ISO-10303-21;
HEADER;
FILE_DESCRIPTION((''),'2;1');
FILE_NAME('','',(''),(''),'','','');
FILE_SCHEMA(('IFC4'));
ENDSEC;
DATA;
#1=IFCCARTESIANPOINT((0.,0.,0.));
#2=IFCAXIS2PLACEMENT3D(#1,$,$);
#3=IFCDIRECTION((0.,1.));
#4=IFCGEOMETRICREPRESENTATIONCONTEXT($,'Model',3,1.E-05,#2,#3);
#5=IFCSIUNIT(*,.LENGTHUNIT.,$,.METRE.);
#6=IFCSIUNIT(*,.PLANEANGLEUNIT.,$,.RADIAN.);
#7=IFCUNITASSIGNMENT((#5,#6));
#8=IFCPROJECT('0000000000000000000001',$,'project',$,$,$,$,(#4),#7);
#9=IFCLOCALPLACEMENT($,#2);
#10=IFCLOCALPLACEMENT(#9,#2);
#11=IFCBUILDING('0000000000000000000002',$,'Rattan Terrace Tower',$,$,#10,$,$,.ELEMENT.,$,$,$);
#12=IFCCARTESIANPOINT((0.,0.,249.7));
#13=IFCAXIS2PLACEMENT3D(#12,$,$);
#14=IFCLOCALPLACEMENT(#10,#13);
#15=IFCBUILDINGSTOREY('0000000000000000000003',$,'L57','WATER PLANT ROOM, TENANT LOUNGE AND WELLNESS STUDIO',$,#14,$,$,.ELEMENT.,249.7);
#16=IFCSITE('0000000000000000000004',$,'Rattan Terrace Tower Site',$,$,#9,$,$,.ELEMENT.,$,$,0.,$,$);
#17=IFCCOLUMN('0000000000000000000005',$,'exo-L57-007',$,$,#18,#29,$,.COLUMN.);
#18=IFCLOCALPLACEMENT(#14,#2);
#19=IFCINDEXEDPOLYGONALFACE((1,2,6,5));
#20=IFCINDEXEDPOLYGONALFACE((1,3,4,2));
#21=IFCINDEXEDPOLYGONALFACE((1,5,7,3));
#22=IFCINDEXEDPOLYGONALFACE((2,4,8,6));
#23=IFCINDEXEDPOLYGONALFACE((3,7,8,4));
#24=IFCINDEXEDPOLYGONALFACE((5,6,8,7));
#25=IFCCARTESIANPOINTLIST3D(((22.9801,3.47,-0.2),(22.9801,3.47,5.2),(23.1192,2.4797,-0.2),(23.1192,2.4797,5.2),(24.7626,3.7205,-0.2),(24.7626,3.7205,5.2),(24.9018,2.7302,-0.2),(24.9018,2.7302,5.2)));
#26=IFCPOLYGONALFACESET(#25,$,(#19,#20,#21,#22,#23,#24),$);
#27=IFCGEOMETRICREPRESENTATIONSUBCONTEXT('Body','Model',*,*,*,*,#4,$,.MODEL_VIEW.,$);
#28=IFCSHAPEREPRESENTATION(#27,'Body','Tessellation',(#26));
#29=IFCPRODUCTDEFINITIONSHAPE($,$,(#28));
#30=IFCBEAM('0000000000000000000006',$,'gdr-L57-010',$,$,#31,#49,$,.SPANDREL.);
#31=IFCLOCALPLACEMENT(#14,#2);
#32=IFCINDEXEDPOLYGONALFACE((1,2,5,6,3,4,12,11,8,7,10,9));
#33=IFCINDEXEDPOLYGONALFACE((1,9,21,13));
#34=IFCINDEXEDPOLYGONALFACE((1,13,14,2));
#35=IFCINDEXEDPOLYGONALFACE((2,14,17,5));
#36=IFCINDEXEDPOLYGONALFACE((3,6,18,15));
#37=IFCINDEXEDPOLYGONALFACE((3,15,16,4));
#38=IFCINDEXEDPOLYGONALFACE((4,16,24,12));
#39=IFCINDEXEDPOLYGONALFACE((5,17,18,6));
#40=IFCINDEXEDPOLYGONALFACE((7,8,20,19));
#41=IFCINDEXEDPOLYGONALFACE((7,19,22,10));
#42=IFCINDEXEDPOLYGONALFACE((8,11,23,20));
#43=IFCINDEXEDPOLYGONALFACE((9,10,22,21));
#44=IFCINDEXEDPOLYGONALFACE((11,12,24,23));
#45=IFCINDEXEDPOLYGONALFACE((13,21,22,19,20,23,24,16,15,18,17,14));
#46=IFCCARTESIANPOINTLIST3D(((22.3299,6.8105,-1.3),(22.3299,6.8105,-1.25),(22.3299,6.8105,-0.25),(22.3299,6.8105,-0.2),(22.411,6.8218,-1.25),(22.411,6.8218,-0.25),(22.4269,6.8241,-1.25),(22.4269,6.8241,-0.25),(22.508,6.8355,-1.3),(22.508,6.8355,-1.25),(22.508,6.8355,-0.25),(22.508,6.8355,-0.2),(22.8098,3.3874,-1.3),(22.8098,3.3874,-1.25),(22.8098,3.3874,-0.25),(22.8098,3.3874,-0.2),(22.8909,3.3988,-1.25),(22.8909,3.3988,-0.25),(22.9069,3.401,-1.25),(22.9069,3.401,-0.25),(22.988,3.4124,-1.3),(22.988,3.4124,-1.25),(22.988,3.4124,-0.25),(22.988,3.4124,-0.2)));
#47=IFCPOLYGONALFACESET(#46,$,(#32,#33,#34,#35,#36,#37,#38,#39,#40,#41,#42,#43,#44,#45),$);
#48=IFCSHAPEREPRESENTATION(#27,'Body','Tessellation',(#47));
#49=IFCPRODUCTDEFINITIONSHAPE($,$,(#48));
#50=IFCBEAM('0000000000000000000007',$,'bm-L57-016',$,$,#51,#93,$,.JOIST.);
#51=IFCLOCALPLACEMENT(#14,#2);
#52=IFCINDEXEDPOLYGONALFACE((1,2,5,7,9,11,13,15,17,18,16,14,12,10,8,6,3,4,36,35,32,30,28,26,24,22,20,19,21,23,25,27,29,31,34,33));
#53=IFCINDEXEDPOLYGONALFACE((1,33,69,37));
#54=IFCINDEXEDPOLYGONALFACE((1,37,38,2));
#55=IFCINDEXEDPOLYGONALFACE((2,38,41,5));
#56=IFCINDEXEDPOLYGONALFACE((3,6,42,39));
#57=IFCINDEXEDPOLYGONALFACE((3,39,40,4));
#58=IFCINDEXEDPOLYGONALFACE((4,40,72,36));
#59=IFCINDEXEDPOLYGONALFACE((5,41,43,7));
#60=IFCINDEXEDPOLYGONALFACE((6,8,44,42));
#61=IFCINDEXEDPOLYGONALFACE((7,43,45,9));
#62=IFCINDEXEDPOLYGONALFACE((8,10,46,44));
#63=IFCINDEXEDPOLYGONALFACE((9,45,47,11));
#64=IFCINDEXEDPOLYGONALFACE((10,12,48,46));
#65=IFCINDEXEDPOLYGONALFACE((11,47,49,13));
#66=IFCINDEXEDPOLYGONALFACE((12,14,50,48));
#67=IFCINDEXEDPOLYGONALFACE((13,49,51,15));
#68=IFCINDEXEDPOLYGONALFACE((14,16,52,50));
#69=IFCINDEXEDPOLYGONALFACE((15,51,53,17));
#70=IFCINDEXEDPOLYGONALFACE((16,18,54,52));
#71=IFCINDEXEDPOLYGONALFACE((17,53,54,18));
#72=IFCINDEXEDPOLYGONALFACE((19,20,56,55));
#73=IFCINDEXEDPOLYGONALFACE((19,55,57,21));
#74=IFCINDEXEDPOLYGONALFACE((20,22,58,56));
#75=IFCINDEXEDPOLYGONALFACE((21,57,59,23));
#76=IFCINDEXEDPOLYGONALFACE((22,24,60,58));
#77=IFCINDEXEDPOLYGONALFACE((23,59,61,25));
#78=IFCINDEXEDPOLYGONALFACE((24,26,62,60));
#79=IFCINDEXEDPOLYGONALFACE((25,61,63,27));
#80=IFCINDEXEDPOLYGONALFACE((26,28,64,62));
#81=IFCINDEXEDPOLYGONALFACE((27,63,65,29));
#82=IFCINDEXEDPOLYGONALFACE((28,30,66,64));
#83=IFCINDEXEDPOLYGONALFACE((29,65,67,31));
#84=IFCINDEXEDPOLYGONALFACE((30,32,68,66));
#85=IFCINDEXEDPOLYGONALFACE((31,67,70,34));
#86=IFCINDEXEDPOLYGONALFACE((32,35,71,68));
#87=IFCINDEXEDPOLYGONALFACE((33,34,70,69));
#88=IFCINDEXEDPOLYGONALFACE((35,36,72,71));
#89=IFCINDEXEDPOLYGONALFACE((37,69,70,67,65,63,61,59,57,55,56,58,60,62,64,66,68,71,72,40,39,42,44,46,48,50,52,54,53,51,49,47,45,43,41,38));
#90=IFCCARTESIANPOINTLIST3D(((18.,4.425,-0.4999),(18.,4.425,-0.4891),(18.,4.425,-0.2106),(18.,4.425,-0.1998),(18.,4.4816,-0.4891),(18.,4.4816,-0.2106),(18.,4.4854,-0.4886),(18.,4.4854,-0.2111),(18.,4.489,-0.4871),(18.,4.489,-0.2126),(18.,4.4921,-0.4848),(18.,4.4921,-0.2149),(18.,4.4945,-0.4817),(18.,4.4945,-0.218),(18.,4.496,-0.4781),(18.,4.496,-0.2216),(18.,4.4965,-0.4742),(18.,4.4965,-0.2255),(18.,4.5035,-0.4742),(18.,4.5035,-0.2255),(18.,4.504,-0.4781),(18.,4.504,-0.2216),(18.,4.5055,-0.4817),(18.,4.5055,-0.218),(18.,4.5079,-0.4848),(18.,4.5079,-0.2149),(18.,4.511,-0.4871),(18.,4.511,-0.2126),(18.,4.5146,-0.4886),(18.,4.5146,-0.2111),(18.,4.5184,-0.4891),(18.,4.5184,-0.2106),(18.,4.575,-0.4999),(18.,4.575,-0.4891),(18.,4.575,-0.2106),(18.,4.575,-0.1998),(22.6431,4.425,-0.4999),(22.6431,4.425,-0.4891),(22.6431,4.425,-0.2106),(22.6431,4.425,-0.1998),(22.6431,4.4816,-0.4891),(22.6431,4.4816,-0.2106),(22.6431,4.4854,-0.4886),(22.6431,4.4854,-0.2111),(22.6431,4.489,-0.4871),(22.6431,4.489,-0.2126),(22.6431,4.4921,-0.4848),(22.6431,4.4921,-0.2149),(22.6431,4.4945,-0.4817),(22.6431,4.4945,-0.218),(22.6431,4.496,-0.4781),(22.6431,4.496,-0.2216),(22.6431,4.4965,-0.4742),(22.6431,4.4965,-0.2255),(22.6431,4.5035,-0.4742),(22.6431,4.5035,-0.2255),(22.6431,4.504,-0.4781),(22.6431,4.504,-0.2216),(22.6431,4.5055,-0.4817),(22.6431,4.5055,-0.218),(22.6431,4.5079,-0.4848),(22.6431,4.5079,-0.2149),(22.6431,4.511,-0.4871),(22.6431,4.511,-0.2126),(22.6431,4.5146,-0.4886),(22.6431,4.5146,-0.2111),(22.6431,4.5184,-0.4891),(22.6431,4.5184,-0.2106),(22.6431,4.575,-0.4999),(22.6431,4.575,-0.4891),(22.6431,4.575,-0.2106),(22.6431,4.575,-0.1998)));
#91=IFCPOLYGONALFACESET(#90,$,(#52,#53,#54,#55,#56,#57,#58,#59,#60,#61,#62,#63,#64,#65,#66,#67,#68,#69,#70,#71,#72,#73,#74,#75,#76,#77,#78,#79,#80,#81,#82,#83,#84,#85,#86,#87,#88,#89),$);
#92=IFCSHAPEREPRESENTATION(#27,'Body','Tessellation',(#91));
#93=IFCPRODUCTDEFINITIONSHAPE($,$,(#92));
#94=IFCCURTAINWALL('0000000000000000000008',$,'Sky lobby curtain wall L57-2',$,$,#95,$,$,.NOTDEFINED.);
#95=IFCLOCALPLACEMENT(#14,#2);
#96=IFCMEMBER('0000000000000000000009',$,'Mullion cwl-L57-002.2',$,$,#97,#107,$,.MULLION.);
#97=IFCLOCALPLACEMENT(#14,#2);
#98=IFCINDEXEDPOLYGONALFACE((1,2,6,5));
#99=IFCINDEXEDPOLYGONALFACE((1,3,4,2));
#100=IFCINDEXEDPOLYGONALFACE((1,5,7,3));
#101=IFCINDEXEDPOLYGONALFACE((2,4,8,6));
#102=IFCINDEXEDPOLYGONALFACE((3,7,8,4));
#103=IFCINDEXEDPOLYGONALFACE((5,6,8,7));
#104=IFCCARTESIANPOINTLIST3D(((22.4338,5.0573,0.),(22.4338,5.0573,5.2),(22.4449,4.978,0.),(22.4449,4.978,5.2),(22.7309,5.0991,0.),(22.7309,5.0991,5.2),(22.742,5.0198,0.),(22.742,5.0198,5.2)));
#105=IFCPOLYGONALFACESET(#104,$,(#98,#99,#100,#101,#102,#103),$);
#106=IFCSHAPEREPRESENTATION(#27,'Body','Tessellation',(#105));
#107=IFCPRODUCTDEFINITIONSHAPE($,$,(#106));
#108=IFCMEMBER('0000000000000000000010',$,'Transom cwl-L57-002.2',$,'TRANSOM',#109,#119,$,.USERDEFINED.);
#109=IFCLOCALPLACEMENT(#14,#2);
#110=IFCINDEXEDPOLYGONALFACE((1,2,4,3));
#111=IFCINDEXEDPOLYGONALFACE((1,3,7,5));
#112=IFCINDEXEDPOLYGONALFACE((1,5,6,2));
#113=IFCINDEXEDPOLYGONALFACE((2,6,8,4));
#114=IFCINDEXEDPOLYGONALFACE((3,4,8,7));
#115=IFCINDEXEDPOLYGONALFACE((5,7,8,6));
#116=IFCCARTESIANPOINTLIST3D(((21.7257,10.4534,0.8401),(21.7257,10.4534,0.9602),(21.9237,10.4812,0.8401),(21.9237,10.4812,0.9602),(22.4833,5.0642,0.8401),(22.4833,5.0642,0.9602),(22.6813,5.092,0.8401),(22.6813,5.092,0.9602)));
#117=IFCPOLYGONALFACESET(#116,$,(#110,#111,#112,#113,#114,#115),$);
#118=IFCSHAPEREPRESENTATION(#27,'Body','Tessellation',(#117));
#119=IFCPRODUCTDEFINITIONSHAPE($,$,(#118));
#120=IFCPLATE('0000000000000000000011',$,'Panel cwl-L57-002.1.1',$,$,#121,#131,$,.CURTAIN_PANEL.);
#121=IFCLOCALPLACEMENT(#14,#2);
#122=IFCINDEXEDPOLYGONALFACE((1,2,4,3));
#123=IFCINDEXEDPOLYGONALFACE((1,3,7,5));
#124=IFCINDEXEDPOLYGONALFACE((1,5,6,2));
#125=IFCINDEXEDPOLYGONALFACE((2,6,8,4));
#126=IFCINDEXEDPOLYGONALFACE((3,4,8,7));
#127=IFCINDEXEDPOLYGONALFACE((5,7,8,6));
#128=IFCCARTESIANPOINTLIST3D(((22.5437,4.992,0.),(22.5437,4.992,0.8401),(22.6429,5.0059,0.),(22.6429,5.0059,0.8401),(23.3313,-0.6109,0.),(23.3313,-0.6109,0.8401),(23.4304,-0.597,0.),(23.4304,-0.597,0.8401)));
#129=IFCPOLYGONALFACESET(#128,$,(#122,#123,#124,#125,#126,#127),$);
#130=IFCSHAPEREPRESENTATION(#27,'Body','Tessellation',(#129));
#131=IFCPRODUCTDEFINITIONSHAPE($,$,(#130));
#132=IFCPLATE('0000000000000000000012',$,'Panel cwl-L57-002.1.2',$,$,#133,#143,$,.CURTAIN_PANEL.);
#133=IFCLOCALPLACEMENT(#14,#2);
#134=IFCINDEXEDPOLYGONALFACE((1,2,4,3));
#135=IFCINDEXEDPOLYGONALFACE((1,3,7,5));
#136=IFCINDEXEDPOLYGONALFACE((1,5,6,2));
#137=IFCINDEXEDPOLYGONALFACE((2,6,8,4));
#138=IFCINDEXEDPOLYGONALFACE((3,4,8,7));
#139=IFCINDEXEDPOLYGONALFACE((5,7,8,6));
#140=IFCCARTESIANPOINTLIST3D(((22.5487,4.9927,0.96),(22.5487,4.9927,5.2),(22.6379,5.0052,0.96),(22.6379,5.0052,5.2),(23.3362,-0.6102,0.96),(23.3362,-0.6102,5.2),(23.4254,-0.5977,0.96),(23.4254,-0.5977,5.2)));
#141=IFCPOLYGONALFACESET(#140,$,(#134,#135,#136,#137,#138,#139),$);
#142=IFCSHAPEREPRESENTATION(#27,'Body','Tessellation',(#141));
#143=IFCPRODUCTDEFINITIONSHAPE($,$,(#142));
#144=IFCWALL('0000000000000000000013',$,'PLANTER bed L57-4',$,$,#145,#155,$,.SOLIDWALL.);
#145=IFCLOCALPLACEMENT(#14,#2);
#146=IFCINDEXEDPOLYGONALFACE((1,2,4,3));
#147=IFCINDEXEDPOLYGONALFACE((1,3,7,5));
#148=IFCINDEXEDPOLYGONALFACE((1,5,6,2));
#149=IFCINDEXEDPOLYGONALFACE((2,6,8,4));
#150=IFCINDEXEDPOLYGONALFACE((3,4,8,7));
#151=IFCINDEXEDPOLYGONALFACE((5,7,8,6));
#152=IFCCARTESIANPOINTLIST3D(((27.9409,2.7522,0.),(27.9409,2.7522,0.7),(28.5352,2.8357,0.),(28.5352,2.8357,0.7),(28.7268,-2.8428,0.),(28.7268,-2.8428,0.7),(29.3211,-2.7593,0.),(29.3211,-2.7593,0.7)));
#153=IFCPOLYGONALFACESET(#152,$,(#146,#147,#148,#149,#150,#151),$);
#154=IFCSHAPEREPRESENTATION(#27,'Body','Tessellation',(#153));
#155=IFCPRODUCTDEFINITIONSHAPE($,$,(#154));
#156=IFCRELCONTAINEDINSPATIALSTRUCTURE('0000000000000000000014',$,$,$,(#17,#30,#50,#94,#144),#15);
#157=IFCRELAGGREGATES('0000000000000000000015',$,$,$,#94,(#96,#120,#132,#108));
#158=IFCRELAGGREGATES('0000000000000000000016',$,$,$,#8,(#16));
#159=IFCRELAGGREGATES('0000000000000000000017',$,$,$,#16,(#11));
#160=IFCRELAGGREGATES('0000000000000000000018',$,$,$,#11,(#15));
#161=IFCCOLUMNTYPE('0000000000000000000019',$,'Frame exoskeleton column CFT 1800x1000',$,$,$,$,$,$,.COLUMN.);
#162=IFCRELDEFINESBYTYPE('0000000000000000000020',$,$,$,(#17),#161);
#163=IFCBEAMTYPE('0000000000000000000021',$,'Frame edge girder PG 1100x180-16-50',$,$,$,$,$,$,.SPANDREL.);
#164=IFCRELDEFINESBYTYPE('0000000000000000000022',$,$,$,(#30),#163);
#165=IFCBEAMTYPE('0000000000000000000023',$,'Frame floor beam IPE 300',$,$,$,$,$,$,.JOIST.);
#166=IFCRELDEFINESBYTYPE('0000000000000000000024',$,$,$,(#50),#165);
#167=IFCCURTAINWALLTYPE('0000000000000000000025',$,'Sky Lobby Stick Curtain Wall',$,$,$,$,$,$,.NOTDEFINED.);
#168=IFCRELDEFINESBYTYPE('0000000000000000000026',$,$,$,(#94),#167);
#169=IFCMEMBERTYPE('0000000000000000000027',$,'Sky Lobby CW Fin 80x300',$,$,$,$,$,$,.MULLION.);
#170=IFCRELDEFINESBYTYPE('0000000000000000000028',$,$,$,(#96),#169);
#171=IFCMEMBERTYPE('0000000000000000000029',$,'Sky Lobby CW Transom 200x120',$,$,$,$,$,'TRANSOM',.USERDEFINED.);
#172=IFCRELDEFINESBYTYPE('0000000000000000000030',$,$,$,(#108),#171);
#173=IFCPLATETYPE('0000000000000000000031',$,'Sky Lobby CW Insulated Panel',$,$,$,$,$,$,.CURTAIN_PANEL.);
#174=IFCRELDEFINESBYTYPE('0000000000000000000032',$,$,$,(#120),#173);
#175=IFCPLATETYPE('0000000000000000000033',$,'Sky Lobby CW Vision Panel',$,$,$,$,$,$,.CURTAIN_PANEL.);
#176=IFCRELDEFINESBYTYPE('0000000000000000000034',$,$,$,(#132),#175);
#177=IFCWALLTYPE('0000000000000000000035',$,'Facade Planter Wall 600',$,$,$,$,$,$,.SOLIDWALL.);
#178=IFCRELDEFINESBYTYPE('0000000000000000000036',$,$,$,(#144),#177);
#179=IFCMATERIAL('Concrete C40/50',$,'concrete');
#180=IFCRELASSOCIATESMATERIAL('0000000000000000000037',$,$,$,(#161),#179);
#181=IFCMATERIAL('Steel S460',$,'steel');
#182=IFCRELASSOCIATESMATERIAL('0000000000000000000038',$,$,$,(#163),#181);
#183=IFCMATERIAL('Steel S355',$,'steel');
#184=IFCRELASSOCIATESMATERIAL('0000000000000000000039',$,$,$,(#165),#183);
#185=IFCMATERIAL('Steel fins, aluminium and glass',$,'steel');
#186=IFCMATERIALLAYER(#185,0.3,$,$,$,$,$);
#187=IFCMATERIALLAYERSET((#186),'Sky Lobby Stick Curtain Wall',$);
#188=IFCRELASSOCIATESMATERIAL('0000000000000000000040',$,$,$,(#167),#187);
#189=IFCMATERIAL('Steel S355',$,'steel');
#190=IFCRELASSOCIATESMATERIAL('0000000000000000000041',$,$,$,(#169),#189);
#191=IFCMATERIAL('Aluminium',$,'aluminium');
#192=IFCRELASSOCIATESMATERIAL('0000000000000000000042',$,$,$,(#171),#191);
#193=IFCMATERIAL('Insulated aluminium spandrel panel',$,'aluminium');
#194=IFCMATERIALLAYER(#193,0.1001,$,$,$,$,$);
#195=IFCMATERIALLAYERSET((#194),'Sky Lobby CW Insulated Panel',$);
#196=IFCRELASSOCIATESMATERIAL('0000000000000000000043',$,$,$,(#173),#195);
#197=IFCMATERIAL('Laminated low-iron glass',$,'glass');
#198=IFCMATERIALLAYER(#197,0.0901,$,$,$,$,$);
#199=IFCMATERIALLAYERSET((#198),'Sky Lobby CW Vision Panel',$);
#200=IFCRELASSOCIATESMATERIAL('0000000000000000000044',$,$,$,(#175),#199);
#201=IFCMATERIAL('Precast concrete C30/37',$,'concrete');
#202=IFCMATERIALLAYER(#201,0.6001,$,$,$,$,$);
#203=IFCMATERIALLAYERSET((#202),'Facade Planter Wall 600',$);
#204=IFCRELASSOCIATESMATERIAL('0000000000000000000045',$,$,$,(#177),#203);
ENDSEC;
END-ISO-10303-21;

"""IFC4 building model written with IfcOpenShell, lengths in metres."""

from ifc_helpers import new_model, si_unit, direction, frame, frame_2d, origin, origin_2d, place, context, subcontext, project, spatial, rectangle, i_section, extrude, material, layer, layer_set, material_profile, profile_set, type_object, element, aggregate, save


model = new_model("IFC4")

# Units and contexts
model_context = context("Model", 3, precision=1e-05, world=origin(), true_north=direction((0.0, 1.0)))
body_context = subcontext(model_context, "Body", "Model", "MODEL_VIEW")
ifc_project = project(units=[si_unit("LENGTHUNIT", "METRE"), si_unit("PLANEANGLEUNIT", "RADIAN")], contexts=[model_context])

# Site, building, storey
site_placement = place(None, origin())
site = spatial("IfcSite", under=ifc_project, at=site_placement, Name="Rattan Terrace Tower Site", CompositionType="ELEMENT", RefElevation=0.0)
building_placement = place(site_placement, origin())
building = spatial("IfcBuilding", under=site, at=building_placement, Name="Rattan Terrace Tower", CompositionType="ELEMENT")
storey_placement = place(building_placement, frame((0.0, 0.0, 249.7)))
storey = spatial("IfcBuildingStorey", under=building, at=storey_placement, Name="L57", Description="WATER PLANT ROOM, TENANT LOUNGE AND WELLNESS STUDIO", CompositionType="ELEMENT", Elevation=249.7)

# Column
ifc_material_1 = material(Name="Concrete C40/50", Category="concrete")
ifc_material_profile_1 = material_profile(ifc_material_1, rectangle(XDim=1.0, YDim=1.8, at=origin_2d()), Name="CFT 1800x1000")
ifc_profile_set_1 = profile_set([ifc_material_profile_1], Name="Concrete C40/50")
column_type = type_object("IfcColumnType", Name="Frame exoskeleton column CFT 1800x1000", PredefinedType="COLUMN", material=ifc_profile_set_1)
column_placement = place(storey_placement, frame((23.9409, 3.1001, -0.2), z_axis=(0.0, 0.0, 1.0), x_axis=(-0.13919, 0.990266, 0.0)))
element("IfcColumn", 1, at=column_placement, inside=storey, type_object=column_type, Name="exo-L57-007", PredefinedType="COLUMN", context=body_context, shape_type="SweptSolid", body=[
    extrude(rectangle(XDim=1.0, YDim=1.8, at=origin_2d()), origin(), (0.0, 0.0, 1.0), 5.3999),
])

# Beams
ifc_material_2 = material(Name="Steel S460", Category="steel")
ifc_material_profile_2 = material_profile(ifc_material_2, i_section(OverallWidth=0.1799, OverallDepth=1.1001, WebThickness=0.0161, FlangeThickness=0.05, at=origin_2d()), Name="PG 1100x180-16-50")
ifc_profile_set_2 = profile_set([ifc_material_profile_2], Name="Steel S460")
beam_type_1 = type_object("IfcBeamType", Name="Frame edge girder PG 1100x180-16-50", PredefinedType="SPANDREL", material=ifc_profile_set_2)
beam_1_placement = place(storey_placement, frame((22.8989, 3.3999, -0.75), z_axis=(-0.13886, 0.990312, 0.0), x_axis=(-0.990312, -0.13886, 0.0)))
element("IfcBeam", 2, at=beam_1_placement, inside=storey, type_object=beam_type_1, Name="gdr-L57-010", PredefinedType="SPANDREL", context=body_context, shape_type="SweptSolid", body=[
    extrude(i_section(OverallWidth=0.1799, OverallDepth=1.1001, WebThickness=0.0161, FlangeThickness=0.05, at=origin_2d()), origin(), (0.0, 0.0, 1.0), 3.4565),
])
ifc_material_3 = material(Name="Steel S355", Category="steel")
ifc_material_profile_3 = material_profile(ifc_material_3, i_section(OverallWidth=0.1499, OverallDepth=0.3, WebThickness=0.0071, FlangeThickness=0.0107, FilletRadius=0.0149, at=origin_2d()), Name="IPE 300")
ifc_profile_set_3 = profile_set([ifc_material_profile_3], Name="Steel S355")
beam_type_2 = type_object("IfcBeamType", Name="Frame floor beam IPE 300", PredefinedType="JOIST", material=ifc_profile_set_3)
beam_2_placement = place(storey_placement, frame((18.0, 4.5, -0.3499), z_axis=(1.0, 0.0, 0.0), x_axis=(0.0, 1.0, 0.0)))
element("IfcBeam", 3, at=beam_2_placement, inside=storey, type_object=beam_type_2, Name="bm-L57-016", PredefinedType="JOIST", context=body_context, shape_type="SweptSolid", body=[
    extrude(i_section(OverallWidth=0.1499, OverallDepth=0.3, WebThickness=0.0071, FlangeThickness=0.0107, FilletRadius=0.0149, at=origin_2d()), origin(), (0.0, 0.0, 1.0), 4.6431),
])

# Curtain wall, members, plates
ifc_material_4 = material(Name="Steel fins, aluminium and glass", Category="steel")
ifc_layer_1 = layer(ifc_material_4, 0.3)
ifc_layer_set_1 = layer_set([ifc_layer_1], Name="Sky Lobby Stick Curtain Wall")
curtain_wall_type = type_object("IfcCurtainWallType", Name="Sky Lobby Stick Curtain Wall", PredefinedType="NOTDEFINED", material=ifc_layer_set_1)
curtain_wall_placement = place(storey_placement, origin())
curtain_wall = element("IfcCurtainWall", 4, at=curtain_wall_placement, inside=storey, type_object=curtain_wall_type, Name="Sky lobby curtain wall L57-2", PredefinedType="NOTDEFINED")
ifc_material_5 = material(Name="Steel S355", Category="steel")
ifc_material_profile_4 = material_profile(ifc_material_5, rectangle(XDim=0.0801, YDim=0.3, at=origin_2d()), Name="Steel S355 80x300")
ifc_profile_set_4 = profile_set([ifc_material_profile_4], Name="Steel S355")
member_type_1 = type_object("IfcMemberType", Name="Sky Lobby CW Fin 80x300", PredefinedType="MULLION", material=ifc_profile_set_4)
member_1_placement = place(storey_placement, frame((22.5879, 5.0386, 0.0), z_axis=(0.0, 0.0, 1.0), x_axis=(-0.139192, 0.990265, 0.0)))
member_1 = element("IfcMember", 5, at=member_1_placement, type_object=member_type_1, Name="Mullion cwl-L57-002.2", PredefinedType="MULLION", context=body_context, shape_type="SweptSolid", body=[
    extrude(rectangle(XDim=0.0801, YDim=0.3, at=origin_2d()), origin(), (0.0, 0.0, 1.0), 5.2),
])
ifc_material_6 = material(Name="Aluminium", Category="aluminium")
ifc_material_profile_5 = material_profile(ifc_material_6, rectangle(XDim=0.2, YDim=0.1201, at=origin_2d()), Name="Aluminium 200x120")
ifc_profile_set_5 = profile_set([ifc_material_profile_5], Name="Aluminium")
member_type_2 = type_object("IfcMemberType", Name="Sky Lobby CW Transom 200x120", ElementType="TRANSOM", PredefinedType="USERDEFINED", material=ifc_profile_set_5)
member_2_placement = place(storey_placement, frame((22.5823, 5.0781, 0.9001), z_axis=(-0.139204, 0.990264, 0.0), x_axis=(-0.990264, -0.139204, 0.0)))
member_2 = element("IfcMember", 6, at=member_2_placement, type_object=member_type_2, Name="Transom cwl-L57-002.2", ObjectType="TRANSOM", PredefinedType="USERDEFINED", context=body_context, shape_type="SweptSolid", body=[
    extrude(rectangle(XDim=0.2, YDim=0.1201, at=origin_2d()), origin(), (0.0, 0.0, 1.0), 5.4421),
])
ifc_material_7 = material(Name="Insulated aluminium spandrel panel", Category="aluminium")
ifc_layer_2 = layer(ifc_material_7, 0.1001)
ifc_layer_set_2 = layer_set([ifc_layer_2], Name="Sky Lobby CW Insulated Panel")
plate_type_1 = type_object("IfcPlateType", Name="Sky Lobby CW Insulated Panel", PredefinedType="CURTAIN_PANEL", material=ifc_layer_set_2)
plate_1_placement = place(storey_placement, frame((22.9871, 2.1975, 0.0), z_axis=(0.0, 0.0, 1.0), x_axis=(-0.139192, 0.990265, 0.0)))
plate_1 = element("IfcPlate", 7, at=plate_1_placement, type_object=plate_type_1, Name="Panel cwl-L57-002.1.1", PredefinedType="CURTAIN_PANEL", context=body_context, shape_type="SweptSolid", body=[
    extrude(rectangle(XDim=5.658, YDim=0.1001, at=origin_2d()), origin(), (0.0, 0.0, 1.0), 0.8401),
])
ifc_material_8 = material(Name="Laminated low-iron glass", Category="glass")
ifc_layer_3 = layer(ifc_material_8, 0.0901)
ifc_layer_set_3 = layer_set([ifc_layer_3], Name="Sky Lobby CW Vision Panel")
plate_type_2 = type_object("IfcPlateType", Name="Sky Lobby CW Vision Panel", PredefinedType="CURTAIN_PANEL", material=ifc_layer_set_3)
plate_2_placement = place(storey_placement, frame((22.9871, 2.1975, 0.96), z_axis=(0.0, 0.0, 1.0), x_axis=(-0.139192, 0.990265, 0.0)))
plate_2 = element("IfcPlate", 8, at=plate_2_placement, type_object=plate_type_2, Name="Panel cwl-L57-002.1.2", PredefinedType="CURTAIN_PANEL", context=body_context, shape_type="SweptSolid", body=[
    extrude(rectangle(XDim=5.658, YDim=0.0901, at=origin_2d()), origin(), (0.0, 0.0, 1.0), 4.24),
])
aggregate(curtain_wall, [member_1, plate_1, plate_2, member_2])

# Wall
ifc_material_9 = material(Name="Precast concrete C30/37", Category="concrete")
ifc_layer_4 = layer(ifc_material_9, 0.6001)
ifc_layer_set_4 = layer_set([ifc_layer_4], Name="Facade Planter Wall 600")
wall_type_1 = type_object("IfcWallType", Name="Facade Planter Wall 600", PredefinedType="SOLIDWALL", material=ifc_layer_set_4)
wall_1_placement = place(storey_placement, frame((28.238, 2.7939, 0.0), z_axis=(0.0, 0.0, 1.0), x_axis=(0.139098, -0.990279, 0.0)))
element("IfcWall", 9, at=wall_1_placement, inside=storey, type_object=wall_type_1, Name="PLANTER bed L57-4", PredefinedType="SOLIDWALL", context=body_context, shape_type="SweptSolid", body=[
    extrude(rectangle(XDim=5.6499, YDim=0.6001, at=frame_2d((2.825, 0.0))), origin(), (0.0, 0.0, 1.0), 0.7),
])

save(model, "model.ifc")
